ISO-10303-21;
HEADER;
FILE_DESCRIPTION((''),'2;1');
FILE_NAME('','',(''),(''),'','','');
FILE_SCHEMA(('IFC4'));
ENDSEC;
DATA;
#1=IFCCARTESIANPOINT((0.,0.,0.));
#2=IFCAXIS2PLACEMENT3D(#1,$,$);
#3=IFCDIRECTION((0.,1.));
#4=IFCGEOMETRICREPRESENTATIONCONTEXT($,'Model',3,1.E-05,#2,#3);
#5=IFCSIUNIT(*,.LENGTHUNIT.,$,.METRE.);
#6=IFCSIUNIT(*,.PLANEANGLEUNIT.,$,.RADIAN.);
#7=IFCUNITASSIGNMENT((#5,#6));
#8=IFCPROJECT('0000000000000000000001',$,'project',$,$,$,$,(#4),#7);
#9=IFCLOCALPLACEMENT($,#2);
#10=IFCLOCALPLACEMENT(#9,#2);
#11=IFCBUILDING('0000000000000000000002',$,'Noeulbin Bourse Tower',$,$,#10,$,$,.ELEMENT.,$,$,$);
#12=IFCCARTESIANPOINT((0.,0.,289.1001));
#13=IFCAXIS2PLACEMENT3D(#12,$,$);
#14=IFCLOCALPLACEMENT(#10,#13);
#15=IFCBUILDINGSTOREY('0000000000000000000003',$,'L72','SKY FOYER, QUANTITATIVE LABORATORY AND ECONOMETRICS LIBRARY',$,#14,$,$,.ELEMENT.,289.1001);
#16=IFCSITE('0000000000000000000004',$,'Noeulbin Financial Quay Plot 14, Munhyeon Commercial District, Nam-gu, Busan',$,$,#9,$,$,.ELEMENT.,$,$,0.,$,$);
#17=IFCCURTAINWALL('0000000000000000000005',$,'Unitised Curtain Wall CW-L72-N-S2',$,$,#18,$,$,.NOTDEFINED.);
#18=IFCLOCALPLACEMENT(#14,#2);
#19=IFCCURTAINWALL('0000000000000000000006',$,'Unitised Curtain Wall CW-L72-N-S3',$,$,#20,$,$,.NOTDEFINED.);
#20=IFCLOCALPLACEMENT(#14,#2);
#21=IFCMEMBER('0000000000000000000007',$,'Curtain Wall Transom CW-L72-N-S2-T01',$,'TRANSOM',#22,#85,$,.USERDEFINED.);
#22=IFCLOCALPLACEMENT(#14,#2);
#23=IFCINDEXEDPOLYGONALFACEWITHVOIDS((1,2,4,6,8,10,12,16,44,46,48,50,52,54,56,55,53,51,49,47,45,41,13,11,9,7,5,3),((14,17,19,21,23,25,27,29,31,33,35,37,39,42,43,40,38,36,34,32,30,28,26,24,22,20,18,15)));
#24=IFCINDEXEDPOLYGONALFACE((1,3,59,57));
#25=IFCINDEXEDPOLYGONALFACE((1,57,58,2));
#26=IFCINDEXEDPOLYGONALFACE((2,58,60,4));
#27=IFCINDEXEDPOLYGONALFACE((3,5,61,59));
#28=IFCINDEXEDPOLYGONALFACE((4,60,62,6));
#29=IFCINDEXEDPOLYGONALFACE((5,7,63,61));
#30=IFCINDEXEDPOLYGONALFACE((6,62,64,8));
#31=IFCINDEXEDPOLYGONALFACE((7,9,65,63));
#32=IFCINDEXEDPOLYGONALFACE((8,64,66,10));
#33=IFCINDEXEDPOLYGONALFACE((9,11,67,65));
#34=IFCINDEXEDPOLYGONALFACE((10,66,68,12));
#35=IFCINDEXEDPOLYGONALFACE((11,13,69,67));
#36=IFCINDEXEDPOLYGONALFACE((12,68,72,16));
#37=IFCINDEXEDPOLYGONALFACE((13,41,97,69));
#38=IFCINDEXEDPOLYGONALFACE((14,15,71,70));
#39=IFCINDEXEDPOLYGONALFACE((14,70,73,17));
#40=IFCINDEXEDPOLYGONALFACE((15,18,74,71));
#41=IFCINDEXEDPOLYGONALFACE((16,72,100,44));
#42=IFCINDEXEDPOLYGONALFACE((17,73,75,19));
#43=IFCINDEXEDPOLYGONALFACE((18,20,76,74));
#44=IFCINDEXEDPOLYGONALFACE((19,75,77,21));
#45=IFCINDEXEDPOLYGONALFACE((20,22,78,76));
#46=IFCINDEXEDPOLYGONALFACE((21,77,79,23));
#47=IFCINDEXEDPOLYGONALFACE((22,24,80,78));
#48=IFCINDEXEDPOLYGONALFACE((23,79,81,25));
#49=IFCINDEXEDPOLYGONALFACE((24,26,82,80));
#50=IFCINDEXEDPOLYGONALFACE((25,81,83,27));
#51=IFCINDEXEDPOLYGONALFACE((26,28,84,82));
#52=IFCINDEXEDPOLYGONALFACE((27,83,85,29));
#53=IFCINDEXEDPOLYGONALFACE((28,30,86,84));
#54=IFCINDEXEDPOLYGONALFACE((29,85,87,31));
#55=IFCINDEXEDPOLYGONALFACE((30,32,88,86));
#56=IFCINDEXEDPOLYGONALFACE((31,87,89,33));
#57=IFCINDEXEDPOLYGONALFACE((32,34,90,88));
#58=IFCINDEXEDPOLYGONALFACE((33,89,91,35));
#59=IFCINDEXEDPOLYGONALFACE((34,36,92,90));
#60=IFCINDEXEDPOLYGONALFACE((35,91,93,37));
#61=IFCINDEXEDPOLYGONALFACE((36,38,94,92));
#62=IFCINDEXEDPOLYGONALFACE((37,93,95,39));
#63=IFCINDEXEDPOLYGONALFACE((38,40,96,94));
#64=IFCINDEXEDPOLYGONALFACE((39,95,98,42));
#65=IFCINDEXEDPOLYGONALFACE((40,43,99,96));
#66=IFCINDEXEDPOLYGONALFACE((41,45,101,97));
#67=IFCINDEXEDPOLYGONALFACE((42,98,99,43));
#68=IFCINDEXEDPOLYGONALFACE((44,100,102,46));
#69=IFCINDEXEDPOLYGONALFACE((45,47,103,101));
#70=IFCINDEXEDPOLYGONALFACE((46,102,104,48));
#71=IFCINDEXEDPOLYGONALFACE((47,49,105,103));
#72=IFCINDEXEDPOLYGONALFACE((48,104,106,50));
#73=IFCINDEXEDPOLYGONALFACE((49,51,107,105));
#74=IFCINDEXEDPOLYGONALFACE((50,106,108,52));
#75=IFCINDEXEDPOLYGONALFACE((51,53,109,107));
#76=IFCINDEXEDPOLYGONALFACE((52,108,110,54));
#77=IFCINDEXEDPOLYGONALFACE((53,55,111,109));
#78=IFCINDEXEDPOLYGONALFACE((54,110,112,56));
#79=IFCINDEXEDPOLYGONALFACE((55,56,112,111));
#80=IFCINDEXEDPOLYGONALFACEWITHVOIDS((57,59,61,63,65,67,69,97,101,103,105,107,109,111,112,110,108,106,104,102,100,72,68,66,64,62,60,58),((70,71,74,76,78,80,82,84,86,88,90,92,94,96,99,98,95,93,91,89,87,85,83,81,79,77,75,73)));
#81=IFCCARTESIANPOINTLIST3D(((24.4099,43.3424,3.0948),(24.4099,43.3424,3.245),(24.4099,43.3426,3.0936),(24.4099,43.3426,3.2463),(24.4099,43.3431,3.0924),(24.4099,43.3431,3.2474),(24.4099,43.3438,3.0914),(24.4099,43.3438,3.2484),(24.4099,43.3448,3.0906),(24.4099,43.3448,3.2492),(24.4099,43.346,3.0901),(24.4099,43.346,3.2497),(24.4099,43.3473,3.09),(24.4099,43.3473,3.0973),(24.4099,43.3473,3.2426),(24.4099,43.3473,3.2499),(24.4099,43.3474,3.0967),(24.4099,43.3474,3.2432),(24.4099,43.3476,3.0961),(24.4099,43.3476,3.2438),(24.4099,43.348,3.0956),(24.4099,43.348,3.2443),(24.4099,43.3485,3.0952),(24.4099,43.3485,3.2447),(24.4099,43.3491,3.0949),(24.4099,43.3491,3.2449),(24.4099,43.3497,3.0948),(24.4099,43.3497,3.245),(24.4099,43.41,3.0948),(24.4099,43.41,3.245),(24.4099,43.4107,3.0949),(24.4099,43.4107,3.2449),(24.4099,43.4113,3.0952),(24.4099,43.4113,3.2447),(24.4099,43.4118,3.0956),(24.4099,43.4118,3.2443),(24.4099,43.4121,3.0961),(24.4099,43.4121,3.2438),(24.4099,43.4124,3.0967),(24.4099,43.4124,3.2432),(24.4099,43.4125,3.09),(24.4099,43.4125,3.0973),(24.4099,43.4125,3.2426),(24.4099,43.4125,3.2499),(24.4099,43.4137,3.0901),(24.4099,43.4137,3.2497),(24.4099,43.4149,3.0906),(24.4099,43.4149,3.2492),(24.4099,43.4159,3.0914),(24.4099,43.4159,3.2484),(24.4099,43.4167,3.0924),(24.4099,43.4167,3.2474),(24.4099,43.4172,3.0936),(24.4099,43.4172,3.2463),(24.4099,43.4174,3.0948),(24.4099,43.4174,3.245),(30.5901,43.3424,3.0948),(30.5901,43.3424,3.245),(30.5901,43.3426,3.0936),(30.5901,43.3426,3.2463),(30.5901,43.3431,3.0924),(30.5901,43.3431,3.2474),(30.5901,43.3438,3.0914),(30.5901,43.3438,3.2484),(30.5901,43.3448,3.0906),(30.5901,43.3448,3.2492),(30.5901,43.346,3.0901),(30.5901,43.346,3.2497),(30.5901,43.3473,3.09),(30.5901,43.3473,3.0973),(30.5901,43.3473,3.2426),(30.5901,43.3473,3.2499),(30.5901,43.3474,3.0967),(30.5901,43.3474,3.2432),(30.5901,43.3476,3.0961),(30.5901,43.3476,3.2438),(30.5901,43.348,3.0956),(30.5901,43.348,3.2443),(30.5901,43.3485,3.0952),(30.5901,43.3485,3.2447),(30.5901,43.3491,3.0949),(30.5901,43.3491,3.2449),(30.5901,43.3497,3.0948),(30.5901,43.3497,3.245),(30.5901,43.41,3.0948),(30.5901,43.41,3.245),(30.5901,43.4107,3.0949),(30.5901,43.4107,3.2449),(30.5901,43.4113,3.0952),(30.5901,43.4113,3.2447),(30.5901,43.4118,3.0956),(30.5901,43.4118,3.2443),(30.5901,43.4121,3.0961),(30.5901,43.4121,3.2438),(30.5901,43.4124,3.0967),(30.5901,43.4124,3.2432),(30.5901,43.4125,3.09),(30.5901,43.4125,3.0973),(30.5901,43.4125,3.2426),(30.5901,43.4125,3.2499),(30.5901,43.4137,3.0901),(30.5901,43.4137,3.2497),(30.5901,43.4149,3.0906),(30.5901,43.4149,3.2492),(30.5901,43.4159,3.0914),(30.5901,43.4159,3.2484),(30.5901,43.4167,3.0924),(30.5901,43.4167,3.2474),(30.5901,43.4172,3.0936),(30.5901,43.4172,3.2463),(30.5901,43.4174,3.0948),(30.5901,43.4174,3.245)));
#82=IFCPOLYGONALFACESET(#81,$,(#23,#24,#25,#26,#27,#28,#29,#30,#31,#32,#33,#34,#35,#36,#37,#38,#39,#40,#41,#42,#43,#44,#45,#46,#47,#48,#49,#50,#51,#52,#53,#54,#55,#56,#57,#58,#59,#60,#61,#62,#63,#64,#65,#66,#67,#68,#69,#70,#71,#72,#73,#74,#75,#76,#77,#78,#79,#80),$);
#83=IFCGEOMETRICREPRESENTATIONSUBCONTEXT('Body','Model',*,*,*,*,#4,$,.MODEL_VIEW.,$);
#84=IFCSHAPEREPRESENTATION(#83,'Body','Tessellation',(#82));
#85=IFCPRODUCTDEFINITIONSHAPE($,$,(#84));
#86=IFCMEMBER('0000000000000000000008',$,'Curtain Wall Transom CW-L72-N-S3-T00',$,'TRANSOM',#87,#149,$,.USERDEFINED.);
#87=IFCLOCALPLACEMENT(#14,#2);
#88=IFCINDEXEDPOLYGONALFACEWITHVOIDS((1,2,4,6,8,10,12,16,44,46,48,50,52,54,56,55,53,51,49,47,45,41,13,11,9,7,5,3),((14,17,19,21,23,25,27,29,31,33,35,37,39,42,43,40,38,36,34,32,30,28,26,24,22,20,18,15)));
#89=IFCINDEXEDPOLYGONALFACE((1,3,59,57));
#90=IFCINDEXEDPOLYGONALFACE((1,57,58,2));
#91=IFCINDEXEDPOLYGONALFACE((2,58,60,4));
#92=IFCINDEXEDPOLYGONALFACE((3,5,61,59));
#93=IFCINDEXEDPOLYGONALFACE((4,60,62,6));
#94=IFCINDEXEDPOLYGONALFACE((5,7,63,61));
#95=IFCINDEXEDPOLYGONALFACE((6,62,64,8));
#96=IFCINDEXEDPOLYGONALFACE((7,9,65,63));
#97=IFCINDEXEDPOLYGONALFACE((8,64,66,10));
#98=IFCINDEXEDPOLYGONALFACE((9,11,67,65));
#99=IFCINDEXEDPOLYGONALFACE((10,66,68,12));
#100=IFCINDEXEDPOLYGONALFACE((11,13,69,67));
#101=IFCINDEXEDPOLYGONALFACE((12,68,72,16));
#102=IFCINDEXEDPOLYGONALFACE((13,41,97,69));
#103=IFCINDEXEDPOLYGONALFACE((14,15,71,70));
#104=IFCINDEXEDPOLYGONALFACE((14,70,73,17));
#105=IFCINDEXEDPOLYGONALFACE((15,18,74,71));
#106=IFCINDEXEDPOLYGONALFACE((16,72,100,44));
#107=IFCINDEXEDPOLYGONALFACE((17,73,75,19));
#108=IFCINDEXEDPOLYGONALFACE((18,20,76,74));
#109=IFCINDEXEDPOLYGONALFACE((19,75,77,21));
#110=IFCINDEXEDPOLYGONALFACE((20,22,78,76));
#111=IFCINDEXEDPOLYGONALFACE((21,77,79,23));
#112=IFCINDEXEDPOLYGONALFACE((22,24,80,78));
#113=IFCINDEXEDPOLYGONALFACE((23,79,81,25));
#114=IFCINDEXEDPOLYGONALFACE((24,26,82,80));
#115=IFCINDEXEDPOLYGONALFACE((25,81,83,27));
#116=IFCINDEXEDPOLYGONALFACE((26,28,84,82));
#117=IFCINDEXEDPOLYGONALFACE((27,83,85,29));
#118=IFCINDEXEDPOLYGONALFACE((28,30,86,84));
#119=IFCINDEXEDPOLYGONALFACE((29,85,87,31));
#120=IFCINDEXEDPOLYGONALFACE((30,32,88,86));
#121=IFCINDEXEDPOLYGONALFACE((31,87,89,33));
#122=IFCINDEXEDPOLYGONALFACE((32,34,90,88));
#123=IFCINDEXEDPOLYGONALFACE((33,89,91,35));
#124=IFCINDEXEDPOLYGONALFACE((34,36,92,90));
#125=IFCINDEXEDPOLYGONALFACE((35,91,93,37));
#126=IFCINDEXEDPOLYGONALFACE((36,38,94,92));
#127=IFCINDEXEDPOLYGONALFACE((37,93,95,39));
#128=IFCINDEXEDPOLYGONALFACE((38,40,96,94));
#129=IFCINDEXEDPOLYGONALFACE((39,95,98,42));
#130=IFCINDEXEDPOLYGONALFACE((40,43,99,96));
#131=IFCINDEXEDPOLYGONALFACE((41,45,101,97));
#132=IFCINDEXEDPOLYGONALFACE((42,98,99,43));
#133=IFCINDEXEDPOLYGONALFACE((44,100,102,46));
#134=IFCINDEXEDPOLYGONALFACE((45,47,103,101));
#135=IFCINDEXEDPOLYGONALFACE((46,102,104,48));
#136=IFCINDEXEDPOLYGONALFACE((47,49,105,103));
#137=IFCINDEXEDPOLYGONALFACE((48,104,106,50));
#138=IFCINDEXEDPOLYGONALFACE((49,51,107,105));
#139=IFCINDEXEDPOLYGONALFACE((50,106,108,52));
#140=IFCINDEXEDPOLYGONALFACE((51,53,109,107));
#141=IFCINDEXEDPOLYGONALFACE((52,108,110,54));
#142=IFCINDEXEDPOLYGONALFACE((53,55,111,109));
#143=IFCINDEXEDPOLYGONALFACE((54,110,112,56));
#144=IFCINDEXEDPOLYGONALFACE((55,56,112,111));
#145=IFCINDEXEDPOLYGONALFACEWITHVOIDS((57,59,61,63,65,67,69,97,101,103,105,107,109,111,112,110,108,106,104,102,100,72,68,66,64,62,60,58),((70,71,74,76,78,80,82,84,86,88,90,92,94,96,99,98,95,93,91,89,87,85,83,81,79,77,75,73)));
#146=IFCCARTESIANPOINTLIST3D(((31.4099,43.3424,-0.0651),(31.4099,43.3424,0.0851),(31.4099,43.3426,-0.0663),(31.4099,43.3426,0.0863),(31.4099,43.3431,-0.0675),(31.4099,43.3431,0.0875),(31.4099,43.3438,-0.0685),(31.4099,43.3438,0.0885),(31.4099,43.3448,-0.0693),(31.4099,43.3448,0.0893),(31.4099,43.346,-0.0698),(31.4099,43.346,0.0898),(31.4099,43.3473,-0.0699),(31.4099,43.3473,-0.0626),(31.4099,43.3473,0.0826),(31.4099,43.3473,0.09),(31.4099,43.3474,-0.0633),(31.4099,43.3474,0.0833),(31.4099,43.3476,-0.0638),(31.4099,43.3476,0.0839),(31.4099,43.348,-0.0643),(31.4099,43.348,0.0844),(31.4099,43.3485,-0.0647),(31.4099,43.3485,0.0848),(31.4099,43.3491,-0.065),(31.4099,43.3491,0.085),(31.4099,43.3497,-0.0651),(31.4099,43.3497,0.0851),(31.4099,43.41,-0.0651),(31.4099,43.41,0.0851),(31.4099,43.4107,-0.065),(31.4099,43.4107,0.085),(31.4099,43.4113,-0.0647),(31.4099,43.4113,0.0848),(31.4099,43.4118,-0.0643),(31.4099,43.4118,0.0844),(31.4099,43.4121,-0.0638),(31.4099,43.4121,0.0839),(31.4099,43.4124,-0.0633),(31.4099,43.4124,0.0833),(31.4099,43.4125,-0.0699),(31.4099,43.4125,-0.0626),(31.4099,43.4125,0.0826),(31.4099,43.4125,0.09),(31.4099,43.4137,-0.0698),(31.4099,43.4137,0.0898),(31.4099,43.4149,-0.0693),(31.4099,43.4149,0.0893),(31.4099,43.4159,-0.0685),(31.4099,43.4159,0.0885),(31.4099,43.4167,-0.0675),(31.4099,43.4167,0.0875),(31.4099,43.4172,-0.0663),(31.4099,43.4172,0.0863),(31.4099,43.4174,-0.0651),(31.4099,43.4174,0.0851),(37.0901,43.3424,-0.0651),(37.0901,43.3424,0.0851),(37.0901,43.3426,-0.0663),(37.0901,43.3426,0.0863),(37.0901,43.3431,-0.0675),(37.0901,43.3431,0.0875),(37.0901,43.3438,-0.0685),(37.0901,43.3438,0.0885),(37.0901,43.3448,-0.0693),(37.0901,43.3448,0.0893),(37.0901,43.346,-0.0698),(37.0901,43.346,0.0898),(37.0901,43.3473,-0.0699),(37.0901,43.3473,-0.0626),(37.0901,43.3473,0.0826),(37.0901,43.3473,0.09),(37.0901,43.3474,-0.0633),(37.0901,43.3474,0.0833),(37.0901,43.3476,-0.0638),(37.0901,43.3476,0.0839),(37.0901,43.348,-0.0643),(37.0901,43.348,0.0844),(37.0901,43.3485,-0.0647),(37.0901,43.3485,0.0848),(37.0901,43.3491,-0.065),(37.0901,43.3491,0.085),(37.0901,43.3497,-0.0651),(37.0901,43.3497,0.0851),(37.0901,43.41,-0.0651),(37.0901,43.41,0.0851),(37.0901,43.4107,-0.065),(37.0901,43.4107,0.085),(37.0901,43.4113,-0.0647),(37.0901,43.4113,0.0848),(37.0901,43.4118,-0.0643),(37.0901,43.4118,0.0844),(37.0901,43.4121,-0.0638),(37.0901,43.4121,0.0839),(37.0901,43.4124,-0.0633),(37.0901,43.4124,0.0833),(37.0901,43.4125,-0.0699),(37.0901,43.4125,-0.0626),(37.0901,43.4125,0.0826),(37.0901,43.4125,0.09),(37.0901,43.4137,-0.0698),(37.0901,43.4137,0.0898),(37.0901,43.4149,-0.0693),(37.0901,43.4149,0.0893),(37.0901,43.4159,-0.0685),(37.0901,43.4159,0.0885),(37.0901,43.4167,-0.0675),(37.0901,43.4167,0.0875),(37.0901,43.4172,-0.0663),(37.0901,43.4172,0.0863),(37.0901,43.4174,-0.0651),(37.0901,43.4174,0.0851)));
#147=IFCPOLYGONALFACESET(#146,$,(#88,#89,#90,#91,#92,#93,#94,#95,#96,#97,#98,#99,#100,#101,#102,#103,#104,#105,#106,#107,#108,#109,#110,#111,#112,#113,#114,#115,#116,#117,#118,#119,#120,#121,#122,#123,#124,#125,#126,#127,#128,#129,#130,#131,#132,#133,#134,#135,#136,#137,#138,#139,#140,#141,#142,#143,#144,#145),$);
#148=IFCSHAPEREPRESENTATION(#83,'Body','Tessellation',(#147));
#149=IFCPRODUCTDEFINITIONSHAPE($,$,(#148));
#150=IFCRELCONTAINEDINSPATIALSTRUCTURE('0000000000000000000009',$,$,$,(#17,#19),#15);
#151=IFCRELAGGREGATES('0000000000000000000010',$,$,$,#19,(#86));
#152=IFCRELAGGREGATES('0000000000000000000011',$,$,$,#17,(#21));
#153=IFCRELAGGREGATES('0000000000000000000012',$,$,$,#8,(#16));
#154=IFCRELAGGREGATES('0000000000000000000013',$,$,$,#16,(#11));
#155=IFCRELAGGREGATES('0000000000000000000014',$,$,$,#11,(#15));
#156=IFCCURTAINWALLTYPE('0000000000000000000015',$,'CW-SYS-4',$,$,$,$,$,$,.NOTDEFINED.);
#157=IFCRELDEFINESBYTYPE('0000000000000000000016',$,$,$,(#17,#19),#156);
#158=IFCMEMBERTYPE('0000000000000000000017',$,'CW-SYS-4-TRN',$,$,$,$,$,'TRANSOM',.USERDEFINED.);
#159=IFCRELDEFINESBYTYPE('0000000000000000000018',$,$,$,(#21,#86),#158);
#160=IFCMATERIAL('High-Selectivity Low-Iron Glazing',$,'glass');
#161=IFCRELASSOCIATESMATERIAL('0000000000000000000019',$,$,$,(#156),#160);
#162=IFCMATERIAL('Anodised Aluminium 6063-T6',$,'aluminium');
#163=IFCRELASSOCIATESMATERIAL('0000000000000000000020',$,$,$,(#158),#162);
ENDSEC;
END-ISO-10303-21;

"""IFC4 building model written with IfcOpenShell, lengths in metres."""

from ifc_helpers import new_model, si_unit, direction, frame, origin, origin_2d, place, context, subcontext, project, spatial, hollow_rectangle, extrude, material, material_profile, profile_set, type_object, element, aggregate, save


model = new_model("IFC4")

# Units and contexts
model_context = context("Model", 3, precision=1e-05, world=origin(), true_north=direction((0.0, 1.0)))
body_context = subcontext(model_context, "Body", "Model", "MODEL_VIEW")
ifc_project = project(units=[si_unit("LENGTHUNIT", "METRE"), si_unit("PLANEANGLEUNIT", "RADIAN")], contexts=[model_context])

# Site, building, storey
site_placement = place(None, origin())
site = spatial("IfcSite", under=ifc_project, at=site_placement, Name="Noeulbin Financial Quay Plot 14, Munhyeon Commercial District, Nam-gu, Busan", CompositionType="ELEMENT", RefElevation=0.0)
building_placement = place(site_placement, origin())
building = spatial("IfcBuilding", under=site, at=building_placement, Name="Noeulbin Bourse Tower", CompositionType="ELEMENT")
storey_placement = place(building_placement, frame((0.0, 0.0, 289.1001)))
storey = spatial("IfcBuildingStorey", under=building, at=storey_placement, Name="L72", Description="SKY FOYER, QUANTITATIVE LABORATORY AND ECONOMETRICS LIBRARY", CompositionType="ELEMENT", Elevation=289.1001)

# Curtain wall
ifc_material_1 = material(Name="High-Selectivity Low-Iron Glazing", Category="glass")
curtain_wall_type = type_object("IfcCurtainWallType", Name="CW-SYS-4", PredefinedType="NOTDEFINED", material=ifc_material_1)
ifc_material_2 = material(Name="Anodised Aluminium 6063-T6", Category="aluminium")
curtain_wall_1_placement = place(storey_placement, origin())
curtain_wall_1 = element("IfcCurtainWall", 1, at=curtain_wall_1_placement, inside=storey, type_object=curtain_wall_type, Name="Unitised Curtain Wall CW-L72-N-S2", PredefinedType="NOTDEFINED")

# Curtain wall
curtain_wall_2_placement = place(storey_placement, origin())
curtain_wall_2 = element("IfcCurtainWall", 2, at=curtain_wall_2_placement, inside=storey, type_object=curtain_wall_type, Name="Unitised Curtain Wall CW-L72-N-S3", PredefinedType="NOTDEFINED")

# Members
ifc_material_profile_1 = material_profile(ifc_material_2, hollow_rectangle(XDim=0.075, YDim=0.1599, WallThickness=0.0049, InnerFilletRadius=0.0024, OuterFilletRadius=0.0049, at=origin_2d()), Name="ALU-TRAN-75x160x5", Category="LoadBearing")
ifc_profile_set_1 = profile_set([ifc_material_profile_1], Name="Anodised Aluminium 6063-T6")
member_type_1 = type_object("IfcMemberType", Name="CW-SYS-4-TRN", ElementType="TRANSOM", PredefinedType="USERDEFINED", material=ifc_profile_set_1)
member_1_placement = place(storey_placement, frame((24.4099, 43.3799, 3.1699), z_axis=(1.0, 0.0, 0.0), x_axis=(0.0, 1.0, 0.0)))
member_1 = element("IfcMember", 3, at=member_1_placement, type_object=member_type_1, Name="Curtain Wall Transom CW-L72-N-S2-T01", ObjectType="TRANSOM", PredefinedType="USERDEFINED", context=body_context, shape_type="SweptSolid", body=[
    extrude(hollow_rectangle(XDim=0.075, YDim=0.1599, WallThickness=0.0049, InnerFilletRadius=0.0024, OuterFilletRadius=0.0049, at=origin_2d()), origin(), (0.0, 0.0, 1.0), 6.1802),
])
member_2_placement = place(storey_placement, frame((31.4099, 43.3799, 0.01), z_axis=(1.0, 0.0, 0.0), x_axis=(0.0, 1.0, 0.0)))
member_2 = element("IfcMember", 4, at=member_2_placement, type_object=member_type_1, Name="Curtain Wall Transom CW-L72-N-S3-T00", ObjectType="TRANSOM", PredefinedType="USERDEFINED", context=body_context, shape_type="SweptSolid", body=[
    extrude(hollow_rectangle(XDim=0.075, YDim=0.1599, WallThickness=0.0049, InnerFilletRadius=0.0024, OuterFilletRadius=0.0049, at=origin_2d()), origin(), (0.0, 0.0, 1.0), 5.6802),
])
aggregate(curtain_wall_2, [member_2])

aggregate(curtain_wall_1, [member_1])

save(model, "model.ifc")
